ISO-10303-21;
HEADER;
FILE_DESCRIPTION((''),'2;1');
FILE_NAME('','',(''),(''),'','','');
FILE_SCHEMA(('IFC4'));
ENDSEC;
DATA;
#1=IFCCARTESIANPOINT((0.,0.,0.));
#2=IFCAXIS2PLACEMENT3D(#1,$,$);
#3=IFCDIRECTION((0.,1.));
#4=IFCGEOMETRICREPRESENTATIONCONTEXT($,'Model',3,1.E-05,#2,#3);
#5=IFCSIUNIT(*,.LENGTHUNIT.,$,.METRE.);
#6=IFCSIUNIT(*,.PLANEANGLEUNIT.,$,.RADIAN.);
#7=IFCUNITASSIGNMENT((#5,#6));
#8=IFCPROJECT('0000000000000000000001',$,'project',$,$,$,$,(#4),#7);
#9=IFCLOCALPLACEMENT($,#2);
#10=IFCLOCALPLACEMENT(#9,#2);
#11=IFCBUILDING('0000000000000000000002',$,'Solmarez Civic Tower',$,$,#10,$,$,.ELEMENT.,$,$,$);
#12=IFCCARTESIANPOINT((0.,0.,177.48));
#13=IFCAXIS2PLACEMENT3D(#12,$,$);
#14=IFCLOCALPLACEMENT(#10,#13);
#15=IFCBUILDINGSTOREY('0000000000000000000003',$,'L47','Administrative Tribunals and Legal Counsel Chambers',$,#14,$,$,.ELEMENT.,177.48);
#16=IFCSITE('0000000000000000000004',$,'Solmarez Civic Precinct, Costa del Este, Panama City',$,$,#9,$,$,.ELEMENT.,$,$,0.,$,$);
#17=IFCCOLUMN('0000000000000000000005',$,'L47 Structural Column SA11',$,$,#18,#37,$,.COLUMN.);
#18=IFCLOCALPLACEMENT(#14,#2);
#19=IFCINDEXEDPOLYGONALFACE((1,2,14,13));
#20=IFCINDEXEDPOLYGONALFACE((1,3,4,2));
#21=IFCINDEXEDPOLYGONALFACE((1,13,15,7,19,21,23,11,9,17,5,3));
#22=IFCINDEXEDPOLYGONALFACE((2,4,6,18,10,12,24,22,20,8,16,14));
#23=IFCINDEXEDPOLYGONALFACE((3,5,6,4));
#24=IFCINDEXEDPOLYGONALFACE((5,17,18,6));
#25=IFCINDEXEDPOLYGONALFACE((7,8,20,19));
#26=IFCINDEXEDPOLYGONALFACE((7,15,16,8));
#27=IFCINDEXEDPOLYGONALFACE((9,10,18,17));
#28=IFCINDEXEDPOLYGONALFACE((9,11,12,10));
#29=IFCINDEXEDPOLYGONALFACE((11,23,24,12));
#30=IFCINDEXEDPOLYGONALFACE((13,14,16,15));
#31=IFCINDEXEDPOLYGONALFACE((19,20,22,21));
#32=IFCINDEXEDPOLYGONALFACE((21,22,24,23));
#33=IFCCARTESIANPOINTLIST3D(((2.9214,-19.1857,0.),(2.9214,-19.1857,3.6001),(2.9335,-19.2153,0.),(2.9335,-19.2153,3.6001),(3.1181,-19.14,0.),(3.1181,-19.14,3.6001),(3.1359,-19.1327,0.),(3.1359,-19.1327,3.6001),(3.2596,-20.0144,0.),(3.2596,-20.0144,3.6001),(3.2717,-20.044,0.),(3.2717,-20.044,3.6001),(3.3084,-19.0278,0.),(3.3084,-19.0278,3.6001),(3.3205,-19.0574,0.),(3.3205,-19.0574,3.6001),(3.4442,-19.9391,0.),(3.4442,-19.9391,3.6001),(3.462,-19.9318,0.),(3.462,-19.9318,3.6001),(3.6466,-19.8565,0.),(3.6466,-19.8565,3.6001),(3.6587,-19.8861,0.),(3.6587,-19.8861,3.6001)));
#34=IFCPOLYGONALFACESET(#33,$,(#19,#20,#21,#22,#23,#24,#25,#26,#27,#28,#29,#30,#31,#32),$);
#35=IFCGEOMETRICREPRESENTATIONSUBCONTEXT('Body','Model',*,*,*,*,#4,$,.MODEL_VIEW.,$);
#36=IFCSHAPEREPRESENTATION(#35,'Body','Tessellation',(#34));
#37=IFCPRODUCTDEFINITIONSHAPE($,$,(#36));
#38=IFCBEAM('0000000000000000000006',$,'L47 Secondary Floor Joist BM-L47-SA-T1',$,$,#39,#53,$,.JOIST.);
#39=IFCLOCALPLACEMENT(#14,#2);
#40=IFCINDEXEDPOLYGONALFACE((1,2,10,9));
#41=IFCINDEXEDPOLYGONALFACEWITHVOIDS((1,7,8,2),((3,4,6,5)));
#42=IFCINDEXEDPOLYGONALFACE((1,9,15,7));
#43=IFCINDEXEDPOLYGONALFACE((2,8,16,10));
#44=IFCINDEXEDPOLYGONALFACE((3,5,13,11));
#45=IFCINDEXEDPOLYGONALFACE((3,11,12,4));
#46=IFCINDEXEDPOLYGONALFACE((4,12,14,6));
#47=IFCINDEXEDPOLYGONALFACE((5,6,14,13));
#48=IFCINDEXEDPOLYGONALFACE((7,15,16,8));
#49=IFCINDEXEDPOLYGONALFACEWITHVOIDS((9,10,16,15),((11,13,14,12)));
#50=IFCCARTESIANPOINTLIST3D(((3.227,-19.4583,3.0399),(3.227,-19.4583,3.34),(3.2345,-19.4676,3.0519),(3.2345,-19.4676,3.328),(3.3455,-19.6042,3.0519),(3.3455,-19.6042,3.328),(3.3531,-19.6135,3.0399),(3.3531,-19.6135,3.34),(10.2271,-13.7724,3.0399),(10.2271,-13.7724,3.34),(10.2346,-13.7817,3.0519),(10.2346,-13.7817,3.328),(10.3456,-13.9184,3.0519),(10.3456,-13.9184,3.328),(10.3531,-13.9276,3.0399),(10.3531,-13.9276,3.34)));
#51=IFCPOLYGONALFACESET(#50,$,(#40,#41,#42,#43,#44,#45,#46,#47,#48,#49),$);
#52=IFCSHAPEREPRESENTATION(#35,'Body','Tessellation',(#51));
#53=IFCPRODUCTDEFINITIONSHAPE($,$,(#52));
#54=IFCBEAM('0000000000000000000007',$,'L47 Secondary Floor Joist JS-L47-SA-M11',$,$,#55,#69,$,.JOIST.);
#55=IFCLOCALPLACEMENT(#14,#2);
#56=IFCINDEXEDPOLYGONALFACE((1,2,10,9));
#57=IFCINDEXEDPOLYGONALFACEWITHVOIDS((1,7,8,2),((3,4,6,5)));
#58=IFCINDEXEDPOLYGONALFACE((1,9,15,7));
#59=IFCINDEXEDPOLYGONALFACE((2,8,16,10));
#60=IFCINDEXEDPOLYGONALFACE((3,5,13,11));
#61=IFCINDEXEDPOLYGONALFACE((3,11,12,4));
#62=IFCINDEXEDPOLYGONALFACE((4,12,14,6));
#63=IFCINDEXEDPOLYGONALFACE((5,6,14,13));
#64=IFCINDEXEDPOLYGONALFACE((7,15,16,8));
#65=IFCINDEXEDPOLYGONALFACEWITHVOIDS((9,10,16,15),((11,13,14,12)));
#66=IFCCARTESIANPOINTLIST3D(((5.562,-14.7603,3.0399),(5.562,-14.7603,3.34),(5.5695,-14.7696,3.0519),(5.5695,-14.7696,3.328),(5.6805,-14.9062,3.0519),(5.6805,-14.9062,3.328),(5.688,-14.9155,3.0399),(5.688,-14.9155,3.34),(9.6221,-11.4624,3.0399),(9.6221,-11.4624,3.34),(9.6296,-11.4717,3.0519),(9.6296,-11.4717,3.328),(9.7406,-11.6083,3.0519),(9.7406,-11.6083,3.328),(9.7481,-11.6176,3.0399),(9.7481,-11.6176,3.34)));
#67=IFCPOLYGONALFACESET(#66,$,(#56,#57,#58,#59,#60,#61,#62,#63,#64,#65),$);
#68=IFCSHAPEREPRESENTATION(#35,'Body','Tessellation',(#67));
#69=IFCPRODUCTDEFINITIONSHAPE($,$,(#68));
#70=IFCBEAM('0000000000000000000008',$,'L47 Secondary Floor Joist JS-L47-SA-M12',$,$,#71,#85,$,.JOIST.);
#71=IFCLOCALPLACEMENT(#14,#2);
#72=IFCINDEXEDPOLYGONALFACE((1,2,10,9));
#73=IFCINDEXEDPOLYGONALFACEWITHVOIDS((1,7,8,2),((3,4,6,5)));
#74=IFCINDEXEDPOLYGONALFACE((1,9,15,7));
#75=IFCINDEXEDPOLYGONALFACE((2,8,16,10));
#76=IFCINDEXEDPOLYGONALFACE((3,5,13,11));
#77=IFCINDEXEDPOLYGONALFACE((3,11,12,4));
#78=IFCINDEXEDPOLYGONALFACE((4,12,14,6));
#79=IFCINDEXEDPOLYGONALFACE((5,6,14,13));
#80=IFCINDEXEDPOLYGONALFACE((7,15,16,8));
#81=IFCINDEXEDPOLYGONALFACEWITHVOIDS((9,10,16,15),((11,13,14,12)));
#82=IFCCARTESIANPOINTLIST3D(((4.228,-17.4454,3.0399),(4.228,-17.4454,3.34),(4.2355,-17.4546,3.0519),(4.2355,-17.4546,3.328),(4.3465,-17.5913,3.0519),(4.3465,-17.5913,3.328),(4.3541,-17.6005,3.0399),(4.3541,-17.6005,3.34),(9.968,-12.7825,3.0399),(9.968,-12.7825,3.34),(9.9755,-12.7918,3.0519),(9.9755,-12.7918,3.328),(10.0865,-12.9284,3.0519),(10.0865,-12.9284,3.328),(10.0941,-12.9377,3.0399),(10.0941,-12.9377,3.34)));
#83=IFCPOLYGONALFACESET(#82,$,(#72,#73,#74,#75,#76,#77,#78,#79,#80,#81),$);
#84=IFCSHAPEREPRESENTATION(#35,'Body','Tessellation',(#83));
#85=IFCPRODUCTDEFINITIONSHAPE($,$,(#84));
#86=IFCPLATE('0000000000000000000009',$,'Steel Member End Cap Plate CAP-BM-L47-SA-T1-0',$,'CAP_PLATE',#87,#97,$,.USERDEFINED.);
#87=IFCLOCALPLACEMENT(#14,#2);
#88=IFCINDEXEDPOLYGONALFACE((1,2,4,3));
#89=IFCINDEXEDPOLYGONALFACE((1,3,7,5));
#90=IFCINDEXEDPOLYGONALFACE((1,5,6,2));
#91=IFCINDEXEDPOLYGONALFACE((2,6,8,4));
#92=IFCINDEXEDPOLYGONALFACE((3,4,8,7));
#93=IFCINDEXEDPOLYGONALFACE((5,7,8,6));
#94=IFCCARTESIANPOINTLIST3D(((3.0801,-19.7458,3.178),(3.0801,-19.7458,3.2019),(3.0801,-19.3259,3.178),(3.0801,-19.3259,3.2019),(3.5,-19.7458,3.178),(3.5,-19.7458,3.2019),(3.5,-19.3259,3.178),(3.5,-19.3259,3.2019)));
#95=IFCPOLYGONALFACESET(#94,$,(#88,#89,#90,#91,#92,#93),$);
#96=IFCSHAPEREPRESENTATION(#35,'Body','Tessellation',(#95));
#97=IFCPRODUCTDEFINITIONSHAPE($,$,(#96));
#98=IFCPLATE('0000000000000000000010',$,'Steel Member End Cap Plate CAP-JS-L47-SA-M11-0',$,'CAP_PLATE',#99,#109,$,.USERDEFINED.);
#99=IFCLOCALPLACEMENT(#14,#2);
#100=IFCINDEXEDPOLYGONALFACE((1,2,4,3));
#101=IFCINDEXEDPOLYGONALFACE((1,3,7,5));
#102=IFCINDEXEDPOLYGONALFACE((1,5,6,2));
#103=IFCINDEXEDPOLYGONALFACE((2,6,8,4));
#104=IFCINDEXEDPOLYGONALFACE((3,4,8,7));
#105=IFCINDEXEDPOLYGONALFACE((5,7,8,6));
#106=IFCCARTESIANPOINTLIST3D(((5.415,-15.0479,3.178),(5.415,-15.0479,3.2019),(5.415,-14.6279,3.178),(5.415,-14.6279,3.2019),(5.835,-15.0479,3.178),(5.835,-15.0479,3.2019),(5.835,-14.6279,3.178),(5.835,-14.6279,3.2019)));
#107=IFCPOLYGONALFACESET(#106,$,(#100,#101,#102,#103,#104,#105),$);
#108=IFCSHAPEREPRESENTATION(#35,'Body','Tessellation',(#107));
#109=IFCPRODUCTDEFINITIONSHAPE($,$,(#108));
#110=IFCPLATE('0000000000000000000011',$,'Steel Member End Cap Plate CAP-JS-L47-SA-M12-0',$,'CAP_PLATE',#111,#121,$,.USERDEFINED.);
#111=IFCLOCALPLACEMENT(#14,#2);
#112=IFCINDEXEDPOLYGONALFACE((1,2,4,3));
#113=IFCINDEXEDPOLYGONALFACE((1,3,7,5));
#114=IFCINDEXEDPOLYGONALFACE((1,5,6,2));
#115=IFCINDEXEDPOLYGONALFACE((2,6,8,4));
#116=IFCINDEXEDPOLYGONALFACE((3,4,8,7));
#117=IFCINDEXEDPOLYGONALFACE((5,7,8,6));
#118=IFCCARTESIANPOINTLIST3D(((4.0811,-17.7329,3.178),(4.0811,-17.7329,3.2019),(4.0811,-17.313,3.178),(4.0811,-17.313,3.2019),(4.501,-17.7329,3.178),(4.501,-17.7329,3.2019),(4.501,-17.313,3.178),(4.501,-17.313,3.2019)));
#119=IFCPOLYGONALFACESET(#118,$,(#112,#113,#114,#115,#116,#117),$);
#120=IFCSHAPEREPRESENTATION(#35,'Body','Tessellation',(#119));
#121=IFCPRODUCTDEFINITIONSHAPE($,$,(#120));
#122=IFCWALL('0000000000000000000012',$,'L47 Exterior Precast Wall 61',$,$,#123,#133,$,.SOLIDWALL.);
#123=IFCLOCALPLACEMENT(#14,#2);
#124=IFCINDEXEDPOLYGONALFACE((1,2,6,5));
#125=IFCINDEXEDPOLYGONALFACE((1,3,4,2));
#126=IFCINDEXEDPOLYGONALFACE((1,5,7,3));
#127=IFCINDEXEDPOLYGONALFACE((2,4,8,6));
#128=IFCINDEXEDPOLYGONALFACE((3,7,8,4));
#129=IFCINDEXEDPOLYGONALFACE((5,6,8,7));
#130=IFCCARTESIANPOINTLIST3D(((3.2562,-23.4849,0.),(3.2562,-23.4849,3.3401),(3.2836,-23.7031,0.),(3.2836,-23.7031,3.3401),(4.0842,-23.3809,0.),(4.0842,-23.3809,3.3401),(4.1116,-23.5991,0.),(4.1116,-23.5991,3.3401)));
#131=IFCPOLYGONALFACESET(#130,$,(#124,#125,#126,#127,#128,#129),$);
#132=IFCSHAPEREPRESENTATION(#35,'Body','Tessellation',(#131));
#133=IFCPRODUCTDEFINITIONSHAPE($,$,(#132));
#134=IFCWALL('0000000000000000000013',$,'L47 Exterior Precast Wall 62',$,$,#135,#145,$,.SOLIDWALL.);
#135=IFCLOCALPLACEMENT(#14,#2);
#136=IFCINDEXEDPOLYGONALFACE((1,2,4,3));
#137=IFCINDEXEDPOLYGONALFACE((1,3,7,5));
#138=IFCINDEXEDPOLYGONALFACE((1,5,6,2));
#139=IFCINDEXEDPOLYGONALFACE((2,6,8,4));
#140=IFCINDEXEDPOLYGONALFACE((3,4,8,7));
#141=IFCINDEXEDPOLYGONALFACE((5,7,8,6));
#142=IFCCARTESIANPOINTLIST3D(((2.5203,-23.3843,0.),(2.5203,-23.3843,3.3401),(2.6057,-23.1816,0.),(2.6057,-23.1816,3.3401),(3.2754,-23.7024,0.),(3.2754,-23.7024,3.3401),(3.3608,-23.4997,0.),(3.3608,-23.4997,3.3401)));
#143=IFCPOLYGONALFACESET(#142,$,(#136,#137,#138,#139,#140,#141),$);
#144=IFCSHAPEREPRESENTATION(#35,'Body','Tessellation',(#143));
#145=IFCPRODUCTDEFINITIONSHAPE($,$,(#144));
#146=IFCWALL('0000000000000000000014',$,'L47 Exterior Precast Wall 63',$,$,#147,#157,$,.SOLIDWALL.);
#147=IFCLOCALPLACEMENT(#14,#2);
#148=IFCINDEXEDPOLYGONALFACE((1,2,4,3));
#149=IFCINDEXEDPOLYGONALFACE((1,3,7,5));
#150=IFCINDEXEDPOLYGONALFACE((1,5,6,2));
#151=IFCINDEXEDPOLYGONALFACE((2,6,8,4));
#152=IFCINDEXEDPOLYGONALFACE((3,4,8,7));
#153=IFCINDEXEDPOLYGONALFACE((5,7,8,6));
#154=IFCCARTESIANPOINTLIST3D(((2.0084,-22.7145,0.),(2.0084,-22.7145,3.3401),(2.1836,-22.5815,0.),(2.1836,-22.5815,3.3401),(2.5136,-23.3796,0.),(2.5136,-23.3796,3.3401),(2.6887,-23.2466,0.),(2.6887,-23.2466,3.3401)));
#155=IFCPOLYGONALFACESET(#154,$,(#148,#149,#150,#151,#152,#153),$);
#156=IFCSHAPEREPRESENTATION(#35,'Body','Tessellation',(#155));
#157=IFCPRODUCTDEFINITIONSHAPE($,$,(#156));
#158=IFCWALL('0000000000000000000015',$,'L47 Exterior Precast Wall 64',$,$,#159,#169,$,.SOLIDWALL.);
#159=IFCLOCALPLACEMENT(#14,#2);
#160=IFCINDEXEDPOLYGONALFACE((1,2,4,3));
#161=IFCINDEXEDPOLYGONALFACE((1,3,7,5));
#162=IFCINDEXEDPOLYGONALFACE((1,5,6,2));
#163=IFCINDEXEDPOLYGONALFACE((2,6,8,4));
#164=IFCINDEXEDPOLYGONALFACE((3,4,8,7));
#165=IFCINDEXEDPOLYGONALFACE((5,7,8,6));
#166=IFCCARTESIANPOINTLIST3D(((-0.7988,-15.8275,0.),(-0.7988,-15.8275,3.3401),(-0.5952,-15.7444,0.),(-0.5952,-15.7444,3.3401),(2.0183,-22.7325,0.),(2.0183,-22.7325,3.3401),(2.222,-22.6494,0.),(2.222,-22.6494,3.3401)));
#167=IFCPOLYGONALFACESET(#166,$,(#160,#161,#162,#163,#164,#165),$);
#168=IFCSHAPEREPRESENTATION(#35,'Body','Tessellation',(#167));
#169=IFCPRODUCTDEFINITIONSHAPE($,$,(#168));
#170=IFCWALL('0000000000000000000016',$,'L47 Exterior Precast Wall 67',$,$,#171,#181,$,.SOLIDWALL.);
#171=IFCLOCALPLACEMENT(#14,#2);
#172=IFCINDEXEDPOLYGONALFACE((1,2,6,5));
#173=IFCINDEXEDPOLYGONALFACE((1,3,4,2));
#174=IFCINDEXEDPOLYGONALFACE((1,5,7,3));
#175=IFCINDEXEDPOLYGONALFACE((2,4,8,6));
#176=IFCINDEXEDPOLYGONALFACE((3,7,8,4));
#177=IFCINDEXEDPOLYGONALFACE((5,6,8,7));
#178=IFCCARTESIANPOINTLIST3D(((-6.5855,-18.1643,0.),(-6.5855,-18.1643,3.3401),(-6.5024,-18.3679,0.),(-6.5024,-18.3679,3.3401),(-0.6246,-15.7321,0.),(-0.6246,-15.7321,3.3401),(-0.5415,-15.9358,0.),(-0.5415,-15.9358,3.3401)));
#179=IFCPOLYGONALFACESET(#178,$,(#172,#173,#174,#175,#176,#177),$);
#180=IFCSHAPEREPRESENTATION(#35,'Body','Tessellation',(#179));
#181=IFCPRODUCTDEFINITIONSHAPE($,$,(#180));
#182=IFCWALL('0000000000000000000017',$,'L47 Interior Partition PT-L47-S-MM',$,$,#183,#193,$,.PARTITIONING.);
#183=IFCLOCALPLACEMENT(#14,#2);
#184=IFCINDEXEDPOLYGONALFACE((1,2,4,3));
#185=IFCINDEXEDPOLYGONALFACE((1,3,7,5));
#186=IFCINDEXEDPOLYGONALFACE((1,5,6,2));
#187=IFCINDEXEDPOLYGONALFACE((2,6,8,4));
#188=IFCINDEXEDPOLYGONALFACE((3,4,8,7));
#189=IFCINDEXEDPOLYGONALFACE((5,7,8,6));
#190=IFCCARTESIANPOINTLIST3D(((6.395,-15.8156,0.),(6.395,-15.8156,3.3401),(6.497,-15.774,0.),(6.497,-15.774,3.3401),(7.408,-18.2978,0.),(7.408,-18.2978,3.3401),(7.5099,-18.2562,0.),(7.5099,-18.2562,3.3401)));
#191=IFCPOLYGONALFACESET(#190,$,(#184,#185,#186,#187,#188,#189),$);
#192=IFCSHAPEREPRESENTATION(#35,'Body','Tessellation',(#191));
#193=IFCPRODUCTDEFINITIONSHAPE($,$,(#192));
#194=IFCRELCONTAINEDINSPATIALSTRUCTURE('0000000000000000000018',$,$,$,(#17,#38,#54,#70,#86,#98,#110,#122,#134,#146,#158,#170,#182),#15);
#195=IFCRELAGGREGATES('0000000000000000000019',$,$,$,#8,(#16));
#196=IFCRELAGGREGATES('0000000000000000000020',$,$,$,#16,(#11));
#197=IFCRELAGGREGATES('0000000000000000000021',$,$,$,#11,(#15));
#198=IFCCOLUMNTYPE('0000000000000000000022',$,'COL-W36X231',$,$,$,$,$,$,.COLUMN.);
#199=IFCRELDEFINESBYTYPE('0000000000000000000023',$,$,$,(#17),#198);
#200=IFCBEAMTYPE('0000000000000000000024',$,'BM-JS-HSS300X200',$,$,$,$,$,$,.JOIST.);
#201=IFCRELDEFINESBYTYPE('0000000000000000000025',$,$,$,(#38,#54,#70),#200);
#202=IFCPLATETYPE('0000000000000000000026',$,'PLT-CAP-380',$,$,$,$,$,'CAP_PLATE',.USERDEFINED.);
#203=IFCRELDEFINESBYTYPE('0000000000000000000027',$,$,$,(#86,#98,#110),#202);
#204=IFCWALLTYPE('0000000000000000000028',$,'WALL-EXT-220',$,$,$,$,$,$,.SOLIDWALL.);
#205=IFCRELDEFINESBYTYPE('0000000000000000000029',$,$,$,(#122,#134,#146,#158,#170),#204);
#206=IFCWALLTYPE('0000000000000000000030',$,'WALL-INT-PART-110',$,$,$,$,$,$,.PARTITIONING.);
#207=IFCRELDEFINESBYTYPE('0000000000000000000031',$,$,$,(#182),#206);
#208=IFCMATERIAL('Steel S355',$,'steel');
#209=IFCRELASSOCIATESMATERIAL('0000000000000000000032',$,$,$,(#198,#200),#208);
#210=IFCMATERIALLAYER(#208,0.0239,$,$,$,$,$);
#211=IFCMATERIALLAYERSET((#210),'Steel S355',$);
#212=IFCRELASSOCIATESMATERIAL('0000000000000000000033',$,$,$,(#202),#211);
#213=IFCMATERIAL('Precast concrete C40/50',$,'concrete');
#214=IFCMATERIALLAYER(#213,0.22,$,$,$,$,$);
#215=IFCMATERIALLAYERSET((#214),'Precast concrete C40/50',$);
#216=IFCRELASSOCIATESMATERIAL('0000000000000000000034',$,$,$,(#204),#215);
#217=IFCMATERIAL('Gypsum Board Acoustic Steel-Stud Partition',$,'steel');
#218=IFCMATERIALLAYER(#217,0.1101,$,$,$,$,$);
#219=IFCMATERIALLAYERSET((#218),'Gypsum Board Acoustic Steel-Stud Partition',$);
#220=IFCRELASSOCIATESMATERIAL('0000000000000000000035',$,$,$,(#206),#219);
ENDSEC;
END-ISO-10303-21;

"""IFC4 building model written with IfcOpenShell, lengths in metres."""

from ifc_helpers import new_model, si_unit, direction, frame, frame_2d, origin, origin_2d, place, context, subcontext, project, spatial, rectangle, hollow_rectangle, i_section, extrude, material, layer, layer_set, material_profile, profile_set, type_object, element, save


model = new_model("IFC4")

# Units and contexts
model_context = context("Model", 3, precision=1e-05, world=origin(), true_north=direction((0.0, 1.0)))
body_context = subcontext(model_context, "Body", "Model", "MODEL_VIEW")
ifc_project = project(units=[si_unit("LENGTHUNIT", "METRE"), si_unit("PLANEANGLEUNIT", "RADIAN")], contexts=[model_context])

# Site, building, storey
site_placement = place(None, origin())
site = spatial("IfcSite", under=ifc_project, at=site_placement, Name="Solmarez Civic Precinct, Costa del Este, Panama City", CompositionType="ELEMENT", RefElevation=0.0)
building_placement = place(site_placement, origin())
building = spatial("IfcBuilding", under=site, at=building_placement, Name="Solmarez Civic Tower", CompositionType="ELEMENT")
storey_placement = place(building_placement, frame((0.0, 0.0, 177.48)))
storey = spatial("IfcBuildingStorey", under=building, at=storey_placement, Name="L47", Description="Administrative Tribunals and Legal Counsel Chambers", CompositionType="ELEMENT", Elevation=177.48)

# Column
ifc_material_1 = material(Name="Steel S355", Category="steel")
ifc_material_profile_1 = material_profile(ifc_material_1, i_section(OverallWidth=0.418, OverallDepth=0.927, WebThickness=0.0193, FlangeThickness=0.032, at=origin_2d()), Name="W36X231")
ifc_profile_set_1 = profile_set([ifc_material_profile_1], Name="Steel S355")
column_type = type_object("IfcColumnType", Name="COL-W36X231", PredefinedType="COLUMN", material=ifc_profile_set_1)
column_placement = place(storey_placement, frame((3.29, -19.5359, 0.0), z_axis=(0.0, 0.0, 1.0), x_axis=(0.925871, 0.377841, 0.0)))
element("IfcColumn", 1, at=column_placement, inside=storey, type_object=column_type, Name="L47 Structural Column SA11", PredefinedType="COLUMN", context=body_context, shape_type="SweptSolid", body=[
    extrude(i_section(OverallWidth=0.418, OverallDepth=0.927, WebThickness=0.0193, FlangeThickness=0.032, at=origin_2d()), origin(), (0.0, 0.0, 1.0), 3.6001),
])

# Beams
ifc_material_profile_2 = material_profile(ifc_material_1, hollow_rectangle(XDim=0.2, YDim=0.3, WallThickness=0.012, at=origin_2d()), Name="HSS300X200X12")
ifc_profile_set_2 = profile_set([ifc_material_profile_2], Name="Steel S355")
beam_type = type_object("IfcBeamType", Name="BM-JS-HSS300X200", PredefinedType="JOIST", material=ifc_profile_set_2)
beam_1_placement = place(storey_placement, frame((3.29, -19.5359, 3.1899), z_axis=(0.776207, 0.630478, 0.0), x_axis=(-0.630478, 0.776207, 0.0)))
element("IfcBeam", 2, at=beam_1_placement, inside=storey, type_object=beam_type, Name="L47 Secondary Floor Joist BM-L47-SA-T1", PredefinedType="JOIST", context=body_context, shape_type="SweptSolid", body=[
    extrude(hollow_rectangle(XDim=0.2, YDim=0.3, WallThickness=0.012, at=origin_2d()), origin(), (0.0, 0.0, 1.0), 9.0183),
])
beam_2_placement = place(storey_placement, frame((5.625, -14.8379, 3.1899), z_axis=(0.776203, 0.630484, 0.0), x_axis=(-0.630484, 0.776203, 0.0)))
element("IfcBeam", 3, at=beam_2_placement, inside=storey, type_object=beam_type, Name="L47 Secondary Floor Joist JS-L47-SA-M11", PredefinedType="JOIST", context=body_context, shape_type="SweptSolid", body=[
    extrude(hollow_rectangle(XDim=0.2, YDim=0.3, WallThickness=0.012, at=origin_2d()), origin(), (0.0, 0.0, 1.0), 5.2307),
])
beam_3_placement = place(storey_placement, frame((4.291, -17.5229, 3.1899), z_axis=(0.776174, 0.630519, 0.0), x_axis=(-0.630519, 0.776174, 0.0)))
element("IfcBeam", 4, at=beam_3_placement, inside=storey, type_object=beam_type, Name="L47 Secondary Floor Joist JS-L47-SA-M12", PredefinedType="JOIST", context=body_context, shape_type="SweptSolid", body=[
    extrude(hollow_rectangle(XDim=0.2, YDim=0.3, WallThickness=0.012, at=origin_2d()), origin(), (0.0, 0.0, 1.0), 7.3953),
])

# Plates
ifc_layer_1 = layer(ifc_material_1, 0.0239)
ifc_layer_set_1 = layer_set([ifc_layer_1], Name="Steel S355")
plate_type = type_object("IfcPlateType", Name="PLT-CAP-380", ElementType="CAP_PLATE", PredefinedType="USERDEFINED", material=ifc_layer_set_1)
for number, where, z_axis, x_axis, name in (
    (5, (3.29, -19.5359, 3.178), (0.0, 0.0, 1.0), (1.0, 0.0, 0.0), "Steel Member End Cap Plate CAP-BM-L47-SA-T1-0"),
    (6, (5.625, -14.8379, 3.178), (0.0, 0.0, 1.0), (1.0, 0.0, 0.0), "Steel Member End Cap Plate CAP-JS-L47-SA-M11-0"),
    (7, (4.291, -17.5229, 3.178), (0.0, 0.0, 1.0), (1.0, 0.0, 0.0), "Steel Member End Cap Plate CAP-JS-L47-SA-M12-0"),
):
    element("IfcPlate", number, at=place(storey_placement, frame(where, z_axis=z_axis, x_axis=x_axis)), inside=storey, type_object=plate_type, Name=name, ObjectType="CAP_PLATE", PredefinedType="USERDEFINED", context=body_context, shape_type="SweptSolid", body=[
        extrude(rectangle(XDim=0.4199, YDim=0.4199, at=origin_2d()), origin(), (0.0, 0.0, 1.0), 0.0239),
    ])

# Walls
ifc_material_2 = material(Name="Precast concrete C40/50", Category="concrete")
ifc_layer_2 = layer(ifc_material_2, 0.22)
ifc_layer_set_2 = layer_set([ifc_layer_2], Name="Precast concrete C40/50")
wall_type_1 = type_object("IfcWallType", Name="WALL-EXT-220", PredefinedType="SOLIDWALL", material=ifc_layer_set_2)
wall_1_placement = place(storey_placement, frame((4.0979, -23.49, 0.0), z_axis=(0.0, 0.0, 1.0), x_axis=(-0.992201, -0.124647, 0.0)))
element("IfcWall", 8, at=wall_1_placement, inside=storey, type_object=wall_type_1, Name="L47 Exterior Precast Wall 61", PredefinedType="SOLIDWALL", context=body_context, shape_type="SweptSolid", body=[
    extrude(rectangle(XDim=0.8345, YDim=0.22, at=frame_2d((0.4172, 0.0))), origin(), (0.0, 0.0, 1.0), 3.3401),
])
wall_2_placement = place(storey_placement, frame((3.3181, -23.6011, 0.0), z_axis=(0.0, 0.0, 1.0), x_axis=(-0.921562, 0.38823, 0.0)))
element("IfcWall", 9, at=wall_2_placement, inside=storey, type_object=wall_type_1, Name="L47 Exterior Precast Wall 62", PredefinedType="SOLIDWALL", context=body_context, shape_type="SweptSolid", body=[
    extrude(rectangle(XDim=0.8193, YDim=0.22, at=frame_2d((0.4097, 0.0))), origin(), (0.0, 0.0, 1.0), 3.3401),
])
wall_3_placement = place(storey_placement, frame((2.6011, -23.313, 0.0), z_axis=(0.0, 0.0, 1.0), x_axis=(-0.604853, 0.796337, 0.0)))
element("IfcWall", 10, at=wall_3_placement, inside=storey, type_object=wall_type_1, Name="L47 Exterior Precast Wall 63", PredefinedType="SOLIDWALL", context=body_context, shape_type="SweptSolid", body=[
    extrude(rectangle(XDim=0.8352, YDim=0.22, at=frame_2d((0.4175, 0.0))), origin(), (0.0, 0.0, 1.0), 3.3401),
])
wall_4_placement = place(storey_placement, frame((2.1201, -22.6909, 0.0), z_axis=(0.0, 0.0, 1.0), x_axis=(-0.377754, 0.925906, 0.0)))
element("IfcWall", 11, at=wall_4_placement, inside=storey, type_object=wall_type_1, Name="L47 Exterior Precast Wall 64", PredefinedType="SOLIDWALL", context=body_context, shape_type="SweptSolid", body=[
    extrude(rectangle(XDim=7.4575, YDim=0.22, at=frame_2d((3.7288, 0.0))), origin(), (0.0, 0.0, 1.0), 3.3401),
])
wall_5_placement = place(storey_placement, frame((-0.583, -15.834, 0.0), z_axis=(0.0, 0.0, 1.0), x_axis=(-0.925897, -0.377776, 0.0)))
element("IfcWall", 12, at=wall_5_placement, inside=storey, type_object=wall_type_1, Name="L47 Exterior Precast Wall 67", PredefinedType="SOLIDWALL", context=body_context, shape_type="SweptSolid", body=[
    extrude(rectangle(XDim=6.438, YDim=0.22, at=frame_2d((3.219, 0.0))), origin(), (0.0, 0.0, 1.0), 3.3401),
])
ifc_material_3 = material(Name="Gypsum Board Acoustic Steel-Stud Partition", Category="steel")
ifc_layer_3 = layer(ifc_material_3, 0.1101)
ifc_layer_set_3 = layer_set([ifc_layer_3], Name="Gypsum Board Acoustic Steel-Stud Partition")
wall_type_2 = type_object("IfcWallType", Name="WALL-INT-PART-110", PredefinedType="PARTITIONING", material=ifc_layer_set_3)
wall_6_placement = place(storey_placement, frame((6.446, -15.7949, 0.0), z_axis=(0.0, 0.0, 1.0), x_axis=(0.377835, -0.925873, 0.0)))
element("IfcWall", 13, at=wall_6_placement, inside=storey, type_object=wall_type_2, Name="L47 Interior Partition PT-L47-S-MM", PredefinedType="PARTITIONING", context=body_context, shape_type="SweptSolid", body=[
    extrude(rectangle(XDim=2.6809, YDim=0.1101, at=frame_2d((1.3403, 0.0))), origin(), (0.0, 0.0, 1.0), 3.3401),
])

save(model, "model.ifc")
